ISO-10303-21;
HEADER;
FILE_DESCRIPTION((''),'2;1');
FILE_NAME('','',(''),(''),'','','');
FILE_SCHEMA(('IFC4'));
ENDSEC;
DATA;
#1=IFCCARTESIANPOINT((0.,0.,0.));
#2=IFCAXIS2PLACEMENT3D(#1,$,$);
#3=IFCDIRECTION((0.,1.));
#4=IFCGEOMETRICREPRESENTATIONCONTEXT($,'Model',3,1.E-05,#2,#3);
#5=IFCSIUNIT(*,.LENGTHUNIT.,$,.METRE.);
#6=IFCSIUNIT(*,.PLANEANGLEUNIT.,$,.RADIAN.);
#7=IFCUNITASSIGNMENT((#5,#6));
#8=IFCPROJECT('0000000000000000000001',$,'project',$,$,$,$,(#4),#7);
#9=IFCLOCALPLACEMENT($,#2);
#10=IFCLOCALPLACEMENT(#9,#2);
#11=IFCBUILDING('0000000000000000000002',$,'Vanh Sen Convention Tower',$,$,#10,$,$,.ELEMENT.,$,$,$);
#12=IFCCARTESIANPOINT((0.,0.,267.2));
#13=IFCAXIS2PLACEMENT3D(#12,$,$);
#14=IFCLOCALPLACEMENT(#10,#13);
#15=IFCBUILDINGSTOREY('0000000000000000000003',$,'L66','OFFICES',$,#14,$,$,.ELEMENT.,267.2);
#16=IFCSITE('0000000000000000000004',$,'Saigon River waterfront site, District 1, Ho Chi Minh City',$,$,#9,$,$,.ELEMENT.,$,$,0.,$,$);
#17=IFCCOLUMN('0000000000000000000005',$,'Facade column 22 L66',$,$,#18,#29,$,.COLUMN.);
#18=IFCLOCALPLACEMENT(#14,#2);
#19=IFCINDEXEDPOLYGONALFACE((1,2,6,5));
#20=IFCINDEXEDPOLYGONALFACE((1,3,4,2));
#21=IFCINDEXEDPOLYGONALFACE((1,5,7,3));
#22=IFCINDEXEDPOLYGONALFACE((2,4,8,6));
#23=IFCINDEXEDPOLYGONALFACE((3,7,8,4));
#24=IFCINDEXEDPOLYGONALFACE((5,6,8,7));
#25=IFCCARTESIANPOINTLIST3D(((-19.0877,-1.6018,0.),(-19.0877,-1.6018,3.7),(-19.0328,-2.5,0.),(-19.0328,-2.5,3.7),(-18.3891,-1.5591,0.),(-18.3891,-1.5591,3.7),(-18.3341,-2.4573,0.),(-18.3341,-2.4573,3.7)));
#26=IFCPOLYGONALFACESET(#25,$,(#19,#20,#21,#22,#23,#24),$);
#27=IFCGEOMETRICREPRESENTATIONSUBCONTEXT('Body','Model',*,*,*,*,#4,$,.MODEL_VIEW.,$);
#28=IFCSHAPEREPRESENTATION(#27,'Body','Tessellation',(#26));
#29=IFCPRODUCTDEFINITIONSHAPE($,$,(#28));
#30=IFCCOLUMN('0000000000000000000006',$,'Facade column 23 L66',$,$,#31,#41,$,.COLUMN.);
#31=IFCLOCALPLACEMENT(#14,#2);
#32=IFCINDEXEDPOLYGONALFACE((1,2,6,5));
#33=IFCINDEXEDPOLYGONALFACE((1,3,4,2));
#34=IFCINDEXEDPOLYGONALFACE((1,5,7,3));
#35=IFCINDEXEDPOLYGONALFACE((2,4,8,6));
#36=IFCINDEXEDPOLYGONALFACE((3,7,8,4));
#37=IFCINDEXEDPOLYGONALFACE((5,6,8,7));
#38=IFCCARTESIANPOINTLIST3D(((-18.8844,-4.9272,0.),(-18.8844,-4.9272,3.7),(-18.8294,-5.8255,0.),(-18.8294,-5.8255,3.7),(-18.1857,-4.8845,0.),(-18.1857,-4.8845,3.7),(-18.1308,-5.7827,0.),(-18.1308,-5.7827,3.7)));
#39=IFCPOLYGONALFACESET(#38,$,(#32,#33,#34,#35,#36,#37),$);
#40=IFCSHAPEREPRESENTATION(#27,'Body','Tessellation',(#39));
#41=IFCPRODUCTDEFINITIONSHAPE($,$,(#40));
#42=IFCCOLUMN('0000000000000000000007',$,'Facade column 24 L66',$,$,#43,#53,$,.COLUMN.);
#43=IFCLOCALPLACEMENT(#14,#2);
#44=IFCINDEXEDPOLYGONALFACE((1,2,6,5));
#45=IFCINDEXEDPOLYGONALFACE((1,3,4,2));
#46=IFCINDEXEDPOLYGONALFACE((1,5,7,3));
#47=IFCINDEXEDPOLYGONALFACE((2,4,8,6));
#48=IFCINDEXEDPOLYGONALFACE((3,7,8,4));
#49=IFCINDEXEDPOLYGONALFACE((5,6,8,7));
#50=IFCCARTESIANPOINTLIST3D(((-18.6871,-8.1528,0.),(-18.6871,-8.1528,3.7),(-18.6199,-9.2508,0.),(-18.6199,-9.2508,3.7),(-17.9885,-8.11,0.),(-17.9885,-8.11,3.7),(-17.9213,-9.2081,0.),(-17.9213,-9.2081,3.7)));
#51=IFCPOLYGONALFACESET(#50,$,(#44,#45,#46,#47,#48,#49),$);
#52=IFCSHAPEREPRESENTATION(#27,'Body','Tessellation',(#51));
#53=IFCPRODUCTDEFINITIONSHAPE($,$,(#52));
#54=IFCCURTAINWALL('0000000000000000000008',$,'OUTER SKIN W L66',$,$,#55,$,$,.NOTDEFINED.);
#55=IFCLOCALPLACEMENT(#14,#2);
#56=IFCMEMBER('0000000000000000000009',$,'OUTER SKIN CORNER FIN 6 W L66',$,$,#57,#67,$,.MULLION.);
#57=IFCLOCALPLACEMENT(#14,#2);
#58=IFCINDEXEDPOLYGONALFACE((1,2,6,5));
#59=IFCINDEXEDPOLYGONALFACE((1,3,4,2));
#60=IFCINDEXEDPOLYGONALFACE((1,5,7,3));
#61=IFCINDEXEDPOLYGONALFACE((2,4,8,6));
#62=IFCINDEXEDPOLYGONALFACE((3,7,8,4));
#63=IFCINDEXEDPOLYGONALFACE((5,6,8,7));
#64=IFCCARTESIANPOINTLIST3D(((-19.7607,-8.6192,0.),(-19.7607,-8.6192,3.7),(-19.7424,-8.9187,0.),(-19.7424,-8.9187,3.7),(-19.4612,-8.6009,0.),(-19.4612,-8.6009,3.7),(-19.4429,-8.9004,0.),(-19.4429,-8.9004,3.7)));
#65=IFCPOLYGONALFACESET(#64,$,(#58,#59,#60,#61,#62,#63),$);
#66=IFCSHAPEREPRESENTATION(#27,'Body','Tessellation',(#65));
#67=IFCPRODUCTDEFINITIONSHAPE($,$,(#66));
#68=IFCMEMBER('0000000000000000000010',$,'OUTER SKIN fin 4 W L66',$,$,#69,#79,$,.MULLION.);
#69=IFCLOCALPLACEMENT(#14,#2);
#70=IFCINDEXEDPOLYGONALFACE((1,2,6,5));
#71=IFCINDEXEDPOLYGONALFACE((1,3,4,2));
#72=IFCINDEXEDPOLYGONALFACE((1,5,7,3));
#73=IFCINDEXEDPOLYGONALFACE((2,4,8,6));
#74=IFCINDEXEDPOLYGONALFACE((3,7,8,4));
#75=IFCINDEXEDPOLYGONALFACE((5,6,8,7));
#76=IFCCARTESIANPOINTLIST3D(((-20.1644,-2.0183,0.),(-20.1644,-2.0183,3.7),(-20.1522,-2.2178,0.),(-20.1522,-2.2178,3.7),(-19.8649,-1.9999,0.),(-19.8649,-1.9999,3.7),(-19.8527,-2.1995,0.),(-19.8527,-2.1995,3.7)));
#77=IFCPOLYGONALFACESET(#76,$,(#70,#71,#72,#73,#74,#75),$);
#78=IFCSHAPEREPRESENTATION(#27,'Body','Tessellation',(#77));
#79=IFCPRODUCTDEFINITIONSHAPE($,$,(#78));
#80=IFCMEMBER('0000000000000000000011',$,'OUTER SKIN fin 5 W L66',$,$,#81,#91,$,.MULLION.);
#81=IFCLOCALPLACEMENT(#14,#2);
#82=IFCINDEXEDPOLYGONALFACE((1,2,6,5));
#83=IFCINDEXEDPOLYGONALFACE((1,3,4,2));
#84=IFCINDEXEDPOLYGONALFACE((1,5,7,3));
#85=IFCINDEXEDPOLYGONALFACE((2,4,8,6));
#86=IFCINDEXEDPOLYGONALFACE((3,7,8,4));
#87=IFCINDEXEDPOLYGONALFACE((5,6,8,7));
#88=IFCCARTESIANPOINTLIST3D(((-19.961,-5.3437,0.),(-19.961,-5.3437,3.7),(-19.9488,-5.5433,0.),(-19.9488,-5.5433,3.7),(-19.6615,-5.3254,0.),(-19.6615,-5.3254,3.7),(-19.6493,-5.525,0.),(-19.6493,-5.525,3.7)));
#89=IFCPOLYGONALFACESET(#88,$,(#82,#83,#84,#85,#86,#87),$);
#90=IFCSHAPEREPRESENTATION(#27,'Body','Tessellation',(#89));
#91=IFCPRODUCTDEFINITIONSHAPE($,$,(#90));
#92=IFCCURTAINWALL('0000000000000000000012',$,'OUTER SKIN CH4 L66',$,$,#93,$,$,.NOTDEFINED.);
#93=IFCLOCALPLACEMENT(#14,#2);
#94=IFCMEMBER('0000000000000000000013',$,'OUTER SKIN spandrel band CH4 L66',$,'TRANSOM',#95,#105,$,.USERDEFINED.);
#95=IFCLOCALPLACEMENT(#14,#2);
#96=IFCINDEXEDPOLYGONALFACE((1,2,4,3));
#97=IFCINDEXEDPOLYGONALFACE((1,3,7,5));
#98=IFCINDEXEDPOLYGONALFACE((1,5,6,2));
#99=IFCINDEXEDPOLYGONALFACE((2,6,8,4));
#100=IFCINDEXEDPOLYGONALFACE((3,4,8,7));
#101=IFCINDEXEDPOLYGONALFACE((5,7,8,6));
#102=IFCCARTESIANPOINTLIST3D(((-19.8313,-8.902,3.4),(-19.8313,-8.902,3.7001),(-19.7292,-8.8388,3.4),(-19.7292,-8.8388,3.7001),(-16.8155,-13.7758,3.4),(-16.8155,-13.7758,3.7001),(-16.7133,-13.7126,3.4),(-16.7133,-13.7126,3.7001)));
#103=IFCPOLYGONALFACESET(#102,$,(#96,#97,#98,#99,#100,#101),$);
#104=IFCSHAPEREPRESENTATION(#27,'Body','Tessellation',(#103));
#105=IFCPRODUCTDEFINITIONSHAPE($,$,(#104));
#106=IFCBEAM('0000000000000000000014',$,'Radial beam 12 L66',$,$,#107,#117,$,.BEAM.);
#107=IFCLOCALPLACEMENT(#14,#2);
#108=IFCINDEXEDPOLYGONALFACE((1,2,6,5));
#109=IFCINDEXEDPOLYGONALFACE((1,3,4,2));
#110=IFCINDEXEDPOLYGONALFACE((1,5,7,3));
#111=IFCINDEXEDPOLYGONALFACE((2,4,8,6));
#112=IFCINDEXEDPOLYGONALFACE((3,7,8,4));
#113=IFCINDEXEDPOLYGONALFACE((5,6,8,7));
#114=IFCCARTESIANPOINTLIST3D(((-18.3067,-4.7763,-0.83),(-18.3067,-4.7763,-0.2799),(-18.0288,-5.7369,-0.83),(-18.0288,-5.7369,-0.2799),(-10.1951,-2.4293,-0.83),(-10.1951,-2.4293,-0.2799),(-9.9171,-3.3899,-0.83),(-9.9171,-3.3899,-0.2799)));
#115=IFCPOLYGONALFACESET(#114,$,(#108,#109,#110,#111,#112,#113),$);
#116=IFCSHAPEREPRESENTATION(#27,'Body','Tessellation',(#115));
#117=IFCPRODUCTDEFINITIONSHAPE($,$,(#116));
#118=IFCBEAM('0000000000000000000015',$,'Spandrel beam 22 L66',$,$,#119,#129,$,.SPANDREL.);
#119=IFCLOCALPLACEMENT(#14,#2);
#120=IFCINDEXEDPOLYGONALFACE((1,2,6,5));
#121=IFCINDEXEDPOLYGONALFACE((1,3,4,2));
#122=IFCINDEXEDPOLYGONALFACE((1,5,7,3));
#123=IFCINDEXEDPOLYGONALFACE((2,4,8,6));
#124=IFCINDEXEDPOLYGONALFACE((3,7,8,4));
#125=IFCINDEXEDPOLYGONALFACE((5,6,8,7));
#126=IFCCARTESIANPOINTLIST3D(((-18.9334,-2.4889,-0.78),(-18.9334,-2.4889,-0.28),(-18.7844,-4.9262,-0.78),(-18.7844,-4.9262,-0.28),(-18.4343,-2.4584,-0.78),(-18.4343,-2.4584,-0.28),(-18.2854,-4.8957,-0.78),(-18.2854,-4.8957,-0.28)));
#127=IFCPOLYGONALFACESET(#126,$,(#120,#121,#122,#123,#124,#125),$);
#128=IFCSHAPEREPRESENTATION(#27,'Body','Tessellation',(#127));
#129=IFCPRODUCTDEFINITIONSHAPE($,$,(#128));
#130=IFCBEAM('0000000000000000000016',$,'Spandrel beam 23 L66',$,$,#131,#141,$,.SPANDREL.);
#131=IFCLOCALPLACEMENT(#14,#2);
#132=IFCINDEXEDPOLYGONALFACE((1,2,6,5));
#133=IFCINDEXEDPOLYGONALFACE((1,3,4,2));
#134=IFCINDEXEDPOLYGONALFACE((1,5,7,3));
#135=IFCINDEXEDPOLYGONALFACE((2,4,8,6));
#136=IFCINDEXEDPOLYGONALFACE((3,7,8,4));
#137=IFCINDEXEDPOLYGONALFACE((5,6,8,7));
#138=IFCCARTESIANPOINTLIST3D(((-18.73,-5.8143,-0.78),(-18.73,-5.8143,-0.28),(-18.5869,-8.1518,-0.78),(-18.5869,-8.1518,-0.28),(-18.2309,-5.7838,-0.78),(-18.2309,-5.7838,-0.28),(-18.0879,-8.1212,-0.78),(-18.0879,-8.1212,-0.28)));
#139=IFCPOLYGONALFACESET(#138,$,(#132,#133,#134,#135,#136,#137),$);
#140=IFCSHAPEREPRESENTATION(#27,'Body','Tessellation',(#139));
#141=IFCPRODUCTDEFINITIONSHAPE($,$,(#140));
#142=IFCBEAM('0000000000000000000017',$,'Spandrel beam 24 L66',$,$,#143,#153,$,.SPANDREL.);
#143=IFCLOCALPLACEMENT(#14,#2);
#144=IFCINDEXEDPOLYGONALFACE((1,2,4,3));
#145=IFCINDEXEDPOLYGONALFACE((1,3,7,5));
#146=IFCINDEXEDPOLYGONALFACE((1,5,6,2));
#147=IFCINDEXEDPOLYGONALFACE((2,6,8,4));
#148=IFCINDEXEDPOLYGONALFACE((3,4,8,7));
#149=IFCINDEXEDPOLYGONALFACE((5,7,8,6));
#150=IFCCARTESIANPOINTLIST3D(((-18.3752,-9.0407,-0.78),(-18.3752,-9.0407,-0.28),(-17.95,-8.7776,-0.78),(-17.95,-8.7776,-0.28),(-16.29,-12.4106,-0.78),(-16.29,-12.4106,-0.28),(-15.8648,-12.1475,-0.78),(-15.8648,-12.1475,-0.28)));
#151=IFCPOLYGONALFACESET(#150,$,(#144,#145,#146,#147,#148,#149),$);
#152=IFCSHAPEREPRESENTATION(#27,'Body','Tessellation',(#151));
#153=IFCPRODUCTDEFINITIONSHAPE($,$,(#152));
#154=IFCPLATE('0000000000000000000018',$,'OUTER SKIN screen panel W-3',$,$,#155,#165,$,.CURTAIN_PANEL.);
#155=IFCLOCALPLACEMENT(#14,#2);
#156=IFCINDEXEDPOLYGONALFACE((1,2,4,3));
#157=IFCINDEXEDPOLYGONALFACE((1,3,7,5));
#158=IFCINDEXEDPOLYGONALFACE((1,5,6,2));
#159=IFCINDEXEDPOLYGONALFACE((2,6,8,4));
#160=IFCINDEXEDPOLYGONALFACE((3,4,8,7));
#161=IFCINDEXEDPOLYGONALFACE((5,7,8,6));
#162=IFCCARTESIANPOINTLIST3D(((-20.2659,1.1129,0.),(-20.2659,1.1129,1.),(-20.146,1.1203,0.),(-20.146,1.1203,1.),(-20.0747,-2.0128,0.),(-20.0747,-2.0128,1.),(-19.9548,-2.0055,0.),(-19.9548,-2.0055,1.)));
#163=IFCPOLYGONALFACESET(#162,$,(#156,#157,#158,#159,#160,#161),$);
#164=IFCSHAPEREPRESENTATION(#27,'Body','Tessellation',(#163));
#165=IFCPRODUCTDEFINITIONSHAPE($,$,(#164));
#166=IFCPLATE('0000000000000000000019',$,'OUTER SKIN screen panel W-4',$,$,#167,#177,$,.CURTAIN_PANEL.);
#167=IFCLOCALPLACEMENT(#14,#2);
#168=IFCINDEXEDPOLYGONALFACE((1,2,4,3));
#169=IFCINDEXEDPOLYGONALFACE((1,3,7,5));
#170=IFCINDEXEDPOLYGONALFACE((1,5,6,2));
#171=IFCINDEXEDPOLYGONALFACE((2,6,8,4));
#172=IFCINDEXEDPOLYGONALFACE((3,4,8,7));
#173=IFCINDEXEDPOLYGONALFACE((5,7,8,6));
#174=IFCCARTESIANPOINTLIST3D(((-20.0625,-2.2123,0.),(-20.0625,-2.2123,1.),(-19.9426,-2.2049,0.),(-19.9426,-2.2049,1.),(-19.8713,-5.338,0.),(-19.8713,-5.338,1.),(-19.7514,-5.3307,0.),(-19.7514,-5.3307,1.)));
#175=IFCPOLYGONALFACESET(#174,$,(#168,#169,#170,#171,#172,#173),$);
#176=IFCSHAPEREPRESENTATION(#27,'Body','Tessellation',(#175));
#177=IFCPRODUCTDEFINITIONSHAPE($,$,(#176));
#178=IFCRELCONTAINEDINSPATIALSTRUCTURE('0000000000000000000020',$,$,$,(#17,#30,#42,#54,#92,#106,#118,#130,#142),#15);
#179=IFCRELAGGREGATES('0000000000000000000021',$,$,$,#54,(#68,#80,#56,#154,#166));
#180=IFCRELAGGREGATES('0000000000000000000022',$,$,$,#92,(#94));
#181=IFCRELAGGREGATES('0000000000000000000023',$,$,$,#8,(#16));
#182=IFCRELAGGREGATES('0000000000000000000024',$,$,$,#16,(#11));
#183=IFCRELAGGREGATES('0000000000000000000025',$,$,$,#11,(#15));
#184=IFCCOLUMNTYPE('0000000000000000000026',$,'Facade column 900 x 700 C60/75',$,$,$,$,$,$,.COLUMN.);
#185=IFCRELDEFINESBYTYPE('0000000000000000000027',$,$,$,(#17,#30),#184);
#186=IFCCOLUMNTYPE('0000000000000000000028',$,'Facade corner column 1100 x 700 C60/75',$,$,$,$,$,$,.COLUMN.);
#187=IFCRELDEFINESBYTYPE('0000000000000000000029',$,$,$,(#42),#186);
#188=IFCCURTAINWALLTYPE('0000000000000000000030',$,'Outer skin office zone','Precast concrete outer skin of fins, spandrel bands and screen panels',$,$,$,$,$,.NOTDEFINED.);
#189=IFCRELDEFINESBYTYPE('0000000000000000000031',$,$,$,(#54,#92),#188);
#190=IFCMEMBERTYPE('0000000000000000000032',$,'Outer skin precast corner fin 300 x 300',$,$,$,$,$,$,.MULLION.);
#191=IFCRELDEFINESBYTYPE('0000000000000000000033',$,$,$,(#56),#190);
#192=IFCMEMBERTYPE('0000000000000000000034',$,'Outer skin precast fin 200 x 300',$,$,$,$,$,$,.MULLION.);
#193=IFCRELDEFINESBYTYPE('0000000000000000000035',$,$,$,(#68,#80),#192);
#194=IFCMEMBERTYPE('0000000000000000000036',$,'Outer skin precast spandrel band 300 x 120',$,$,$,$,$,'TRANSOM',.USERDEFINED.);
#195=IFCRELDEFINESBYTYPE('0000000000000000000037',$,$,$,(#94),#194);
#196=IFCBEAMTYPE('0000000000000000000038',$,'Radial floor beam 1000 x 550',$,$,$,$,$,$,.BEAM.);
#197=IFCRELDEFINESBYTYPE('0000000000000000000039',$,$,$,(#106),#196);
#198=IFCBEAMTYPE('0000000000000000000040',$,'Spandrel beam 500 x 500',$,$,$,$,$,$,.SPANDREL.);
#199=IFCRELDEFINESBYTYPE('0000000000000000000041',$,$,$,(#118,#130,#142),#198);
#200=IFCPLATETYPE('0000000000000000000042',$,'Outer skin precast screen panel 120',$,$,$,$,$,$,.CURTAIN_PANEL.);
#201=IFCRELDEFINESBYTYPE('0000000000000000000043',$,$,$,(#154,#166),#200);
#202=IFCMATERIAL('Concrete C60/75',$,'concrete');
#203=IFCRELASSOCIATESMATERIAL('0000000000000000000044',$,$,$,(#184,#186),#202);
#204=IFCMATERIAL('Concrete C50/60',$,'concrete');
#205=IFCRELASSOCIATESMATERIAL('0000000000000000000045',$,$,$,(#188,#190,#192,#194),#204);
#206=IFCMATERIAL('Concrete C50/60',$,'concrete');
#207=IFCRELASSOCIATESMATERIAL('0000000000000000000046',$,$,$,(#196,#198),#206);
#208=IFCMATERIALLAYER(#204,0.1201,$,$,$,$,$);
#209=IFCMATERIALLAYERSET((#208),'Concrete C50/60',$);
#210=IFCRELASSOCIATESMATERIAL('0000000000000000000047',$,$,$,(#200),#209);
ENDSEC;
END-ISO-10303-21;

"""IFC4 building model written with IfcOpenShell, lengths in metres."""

from ifc_helpers import new_model, si_unit, direction, frame, origin, origin_2d, place, context, subcontext, project, spatial, rectangle, extrude, material, layer, layer_set, material_profile, profile_set, type_object, element, aggregate, save


model = new_model("IFC4")

# Units and contexts
model_context = context("Model", 3, precision=1e-05, world=origin(), true_north=direction((0.0, 1.0)))
body_context = subcontext(model_context, "Body", "Model", "MODEL_VIEW")
ifc_project = project(units=[si_unit("LENGTHUNIT", "METRE"), si_unit("PLANEANGLEUNIT", "RADIAN")], contexts=[model_context])

# Site, building, storey
site_placement = place(None, origin())
site = spatial("IfcSite", under=ifc_project, at=site_placement, Name="Saigon River waterfront site, District 1, Ho Chi Minh City", CompositionType="ELEMENT", RefElevation=0.0)
building_placement = place(site_placement, origin())
building = spatial("IfcBuilding", under=site, at=building_placement, Name="Vanh Sen Convention Tower", CompositionType="ELEMENT")
storey_placement = place(building_placement, frame((0.0, 0.0, 267.2)))
storey = spatial("IfcBuildingStorey", under=building, at=storey_placement, Name="L66", Description="OFFICES", CompositionType="ELEMENT", Elevation=267.2)

# Columns
ifc_material_1 = material(Name="Concrete C60/75", Category="concrete")
ifc_material_profile_1 = material_profile(ifc_material_1, rectangle(XDim=0.8999, YDim=0.7, at=origin_2d()), Name="RC 900X700")
ifc_profile_set_1 = profile_set([ifc_material_profile_1], Name="Concrete C60/75")
column_type_1 = type_object("IfcColumnType", Name="Facade column 900 x 700 C60/75", PredefinedType="COLUMN", material=ifc_profile_set_1)
for number, where, z_axis, x_axis, name in (
    (1, (-18.7109, -2.0295, 0.0), (0.0, 0.0, 1.0), (0.061049, -0.998135, 0.0), "Facade column 22 L66"),
    (2, (-18.5076, -5.355, 0.0), (0.0, 0.0, 1.0), (0.061049, -0.998135, 0.0), "Facade column 23 L66"),
):
    element("IfcColumn", number, at=place(storey_placement, frame(where, z_axis=z_axis, x_axis=x_axis)), inside=storey, type_object=column_type_1, Name=name, PredefinedType="COLUMN", context=body_context, shape_type="SweptSolid", body=[
        extrude(rectangle(XDim=0.8999, YDim=0.7, at=origin_2d()), origin(), (0.0, 0.0, 1.0), 3.7),
    ])
ifc_material_profile_2 = material_profile(ifc_material_1, rectangle(XDim=1.1001, YDim=0.7, at=origin_2d()), Name="RC 1100X700")
ifc_profile_set_2 = profile_set([ifc_material_profile_2], Name="Concrete C60/75")
column_type_2 = type_object("IfcColumnType", Name="Facade corner column 1100 x 700 C60/75", PredefinedType="COLUMN", material=ifc_profile_set_2)
column_placement = place(storey_placement, frame((-18.3042, -8.6804, 0.0), z_axis=(0.0, 0.0, 1.0), x_axis=(0.061049, -0.998135, 0.0)))
element("IfcColumn", 3, at=column_placement, inside=storey, type_object=column_type_2, Name="Facade column 24 L66", PredefinedType="COLUMN", context=body_context, shape_type="SweptSolid", body=[
    extrude(rectangle(XDim=1.1001, YDim=0.7, at=origin_2d()), origin(), (0.0, 0.0, 1.0), 3.7),
])

# Curtain wall, members
ifc_material_2 = material(Name="Concrete C50/60", Category="concrete")
curtain_wall_type = type_object("IfcCurtainWallType", Name="Outer skin office zone", Description="Precast concrete outer skin of fins, spandrel bands and screen panels", PredefinedType="NOTDEFINED", material=ifc_material_2)
curtain_wall_1_placement = place(storey_placement, origin())
curtain_wall_1 = element("IfcCurtainWall", 4, at=curtain_wall_1_placement, inside=storey, type_object=curtain_wall_type, Name="OUTER SKIN W L66", PredefinedType="NOTDEFINED")
ifc_material_profile_3 = material_profile(ifc_material_2, rectangle(XDim=0.3, YDim=0.3, at=origin_2d()), Name="Outer skin precast corner fin 300 x 300")
ifc_profile_set_3 = profile_set([ifc_material_profile_3], Name="Concrete C50/60")
member_type_1 = type_object("IfcMemberType", Name="Outer skin precast corner fin 300 x 300", PredefinedType="MULLION", material=ifc_profile_set_3)
member_1_placement = place(storey_placement, frame((-19.6018, -8.7598, 0.0), z_axis=(0.0, 0.0, 1.0), x_axis=(0.061049, -0.998135, 0.0)))
member_1 = element("IfcMember", 5, at=member_1_placement, type_object=member_type_1, Name="OUTER SKIN CORNER FIN 6 W L66", PredefinedType="MULLION", context=body_context, shape_type="SweptSolid", body=[
    extrude(rectangle(XDim=0.3, YDim=0.3, at=origin_2d()), origin(), (0.0, 0.0, 1.0), 3.7),
])
ifc_material_profile_4 = material_profile(ifc_material_2, rectangle(XDim=0.2, YDim=0.3, at=origin_2d()), Name="Outer skin precast fin 200 x 300")
ifc_profile_set_4 = profile_set([ifc_material_profile_4], Name="Concrete C50/60")
member_type_2 = type_object("IfcMemberType", Name="Outer skin precast fin 200 x 300", PredefinedType="MULLION", material=ifc_profile_set_4)
member_2_placement = place(storey_placement, frame((-20.0085, -2.1089, 0.0), z_axis=(0.0, 0.0, 1.0), x_axis=(0.061049, -0.998135, 0.0)))
member_2 = element("IfcMember", 6, at=member_2_placement, type_object=member_type_2, Name="OUTER SKIN fin 4 W L66", PredefinedType="MULLION", context=body_context, shape_type="SweptSolid", body=[
    extrude(rectangle(XDim=0.2, YDim=0.3, at=origin_2d()), origin(), (0.0, 0.0, 1.0), 3.7),
])
member_3_placement = place(storey_placement, frame((-19.8052, -5.4343, 0.0), z_axis=(0.0, 0.0, 1.0), x_axis=(0.061049, -0.998135, 0.0)))
member_3 = element("IfcMember", 7, at=member_3_placement, type_object=member_type_2, Name="OUTER SKIN fin 5 W L66", PredefinedType="MULLION", context=body_context, shape_type="SweptSolid", body=[
    extrude(rectangle(XDim=0.2, YDim=0.3, at=origin_2d()), origin(), (0.0, 0.0, 1.0), 3.7),
])

# Curtain wall, member
curtain_wall_2_placement = place(storey_placement, origin())
curtain_wall_2 = element("IfcCurtainWall", 8, at=curtain_wall_2_placement, inside=storey, type_object=curtain_wall_type, Name="OUTER SKIN CH4 L66", PredefinedType="NOTDEFINED")
ifc_material_profile_5 = material_profile(ifc_material_2, rectangle(XDim=0.1201, YDim=0.3, at=origin_2d()), Name="Outer skin precast spandrel band 300 x 120")
ifc_profile_set_5 = profile_set([ifc_material_profile_5], Name="Concrete C50/60")
member_type_3 = type_object("IfcMemberType", Name="Outer skin precast spandrel band 300 x 120", ElementType="TRANSOM", PredefinedType="USERDEFINED", material=ifc_profile_set_5)
member_4_placement = place(storey_placement, frame((-19.7803, -8.8704, 3.55), z_axis=(0.526199, -0.850361, 0.0), x_axis=(0.850361, 0.526199, 0.0)))
member_4 = element("IfcMember", 9, at=member_4_placement, type_object=member_type_3, Name="OUTER SKIN spandrel band CH4 L66", ObjectType="TRANSOM", PredefinedType="USERDEFINED", context=body_context, shape_type="SweptSolid", body=[
    extrude(rectangle(XDim=0.1201, YDim=0.3, at=origin_2d()), origin(), (0.0, 0.0, 1.0), 5.7314),
])

# Beams
ifc_material_3 = material(Name="Concrete C50/60", Category="concrete")
ifc_material_profile_6 = material_profile(ifc_material_3, rectangle(XDim=1.0, YDim=0.55, at=origin_2d()), Name="RC 1000X550")
ifc_profile_set_6 = profile_set([ifc_material_profile_6], Name="Concrete C50/60")
beam_type_1 = type_object("IfcBeamType", Name="Radial floor beam 1000 x 550", PredefinedType="BEAM", material=ifc_profile_set_6)
beam_1_placement = place(storey_placement, frame((-18.1677, -5.2566, -0.5549), z_axis=(0.960601, 0.277931, 0.0), x_axis=(-0.277931, 0.960601, 0.0)))
element("IfcBeam", 10, at=beam_1_placement, inside=storey, type_object=beam_type_1, Name="Radial beam 12 L66", PredefinedType="BEAM", context=body_context, shape_type="SweptSolid", body=[
    extrude(rectangle(XDim=1.0, YDim=0.55, at=origin_2d()), origin(), (0.0, 0.0, 1.0), 8.4443),
])
ifc_material_profile_7 = material_profile(ifc_material_3, rectangle(XDim=0.5, YDim=0.5, at=origin_2d()), Name="RC 500X500")
ifc_profile_set_7 = profile_set([ifc_material_profile_7], Name="Concrete C50/60")
beam_type_2 = type_object("IfcBeamType", Name="Spandrel beam 500 x 500", PredefinedType="SPANDREL", material=ifc_profile_set_7)
beam_2_placement = place(storey_placement, frame((-18.6838, -2.4736, -0.53), z_axis=(0.06099, -0.998138, 0.0), x_axis=(0.998138, 0.06099, 0.0)))
element("IfcBeam", 11, at=beam_2_placement, inside=storey, type_object=beam_type_2, Name="Spandrel beam 22 L66", PredefinedType="SPANDREL", context=body_context, shape_type="SweptSolid", body=[
    extrude(rectangle(XDim=0.5, YDim=0.5, at=origin_2d()), origin(), (0.0, 0.0, 1.0), 2.4419),
])
beam_3_placement = place(storey_placement, frame((-18.4805, -5.7991, -0.53), z_axis=(0.061093, -0.998132, 0.0), x_axis=(0.998132, 0.061093, 0.0)))
element("IfcBeam", 12, at=beam_3_placement, inside=storey, type_object=beam_type_2, Name="Spandrel beam 23 L66", PredefinedType="SPANDREL", context=body_context, shape_type="SweptSolid", body=[
    extrude(rectangle(XDim=0.5, YDim=0.5, at=origin_2d()), origin(), (0.0, 0.0, 1.0), 2.3418),
])
beam_4_placement = place(storey_placement, frame((-18.1626, -8.9092, -0.53), z_axis=(0.526189, -0.850368, 0.0), x_axis=(0.850368, 0.526189, 0.0)))
element("IfcBeam", 13, at=beam_4_placement, inside=storey, type_object=beam_type_2, Name="Spandrel beam 24 L66", PredefinedType="SPANDREL", context=body_context, shape_type="SweptSolid", body=[
    extrude(rectangle(XDim=0.5, YDim=0.5, at=origin_2d()), origin(), (0.0, 0.0, 1.0), 3.9629),
])

# Plates
ifc_layer_1 = layer(ifc_material_2, 0.1201)
ifc_layer_set_1 = layer_set([ifc_layer_1], Name="Concrete C50/60")
plate_type = type_object("IfcPlateType", Name="Outer skin precast screen panel 120", PredefinedType="CURTAIN_PANEL", material=ifc_layer_set_1)
plate_1_placement = place(storey_placement, frame((-20.1104, -0.4463, 0.0), z_axis=(0.0, 0.0, 1.0), x_axis=(0.061052, -0.998135, 0.0)))
plate_1 = element("IfcPlate", 14, at=plate_1_placement, type_object=plate_type, Name="OUTER SKIN screen panel W-3", PredefinedType="CURTAIN_PANEL", context=body_context, shape_type="SweptSolid", body=[
    extrude(rectangle(XDim=3.1316, YDim=0.1201, at=origin_2d()), origin(), (0.0, 0.0, 1.0), 1.0),
])
plate_2_placement = place(storey_placement, frame((-19.907, -3.7715, 0.0), z_axis=(0.0, 0.0, 1.0), x_axis=(0.061052, -0.998135, 0.0)))
plate_2 = element("IfcPlate", 15, at=plate_2_placement, type_object=plate_type, Name="OUTER SKIN screen panel W-4", PredefinedType="CURTAIN_PANEL", context=body_context, shape_type="SweptSolid", body=[
    extrude(rectangle(XDim=3.1316, YDim=0.1201, at=origin_2d()), origin(), (0.0, 0.0, 1.0), 1.0),
])
aggregate(curtain_wall_1, [member_2, member_3, member_1, plate_1, plate_2])
aggregate(curtain_wall_2, [member_4])

save(model, "model.ifc")
